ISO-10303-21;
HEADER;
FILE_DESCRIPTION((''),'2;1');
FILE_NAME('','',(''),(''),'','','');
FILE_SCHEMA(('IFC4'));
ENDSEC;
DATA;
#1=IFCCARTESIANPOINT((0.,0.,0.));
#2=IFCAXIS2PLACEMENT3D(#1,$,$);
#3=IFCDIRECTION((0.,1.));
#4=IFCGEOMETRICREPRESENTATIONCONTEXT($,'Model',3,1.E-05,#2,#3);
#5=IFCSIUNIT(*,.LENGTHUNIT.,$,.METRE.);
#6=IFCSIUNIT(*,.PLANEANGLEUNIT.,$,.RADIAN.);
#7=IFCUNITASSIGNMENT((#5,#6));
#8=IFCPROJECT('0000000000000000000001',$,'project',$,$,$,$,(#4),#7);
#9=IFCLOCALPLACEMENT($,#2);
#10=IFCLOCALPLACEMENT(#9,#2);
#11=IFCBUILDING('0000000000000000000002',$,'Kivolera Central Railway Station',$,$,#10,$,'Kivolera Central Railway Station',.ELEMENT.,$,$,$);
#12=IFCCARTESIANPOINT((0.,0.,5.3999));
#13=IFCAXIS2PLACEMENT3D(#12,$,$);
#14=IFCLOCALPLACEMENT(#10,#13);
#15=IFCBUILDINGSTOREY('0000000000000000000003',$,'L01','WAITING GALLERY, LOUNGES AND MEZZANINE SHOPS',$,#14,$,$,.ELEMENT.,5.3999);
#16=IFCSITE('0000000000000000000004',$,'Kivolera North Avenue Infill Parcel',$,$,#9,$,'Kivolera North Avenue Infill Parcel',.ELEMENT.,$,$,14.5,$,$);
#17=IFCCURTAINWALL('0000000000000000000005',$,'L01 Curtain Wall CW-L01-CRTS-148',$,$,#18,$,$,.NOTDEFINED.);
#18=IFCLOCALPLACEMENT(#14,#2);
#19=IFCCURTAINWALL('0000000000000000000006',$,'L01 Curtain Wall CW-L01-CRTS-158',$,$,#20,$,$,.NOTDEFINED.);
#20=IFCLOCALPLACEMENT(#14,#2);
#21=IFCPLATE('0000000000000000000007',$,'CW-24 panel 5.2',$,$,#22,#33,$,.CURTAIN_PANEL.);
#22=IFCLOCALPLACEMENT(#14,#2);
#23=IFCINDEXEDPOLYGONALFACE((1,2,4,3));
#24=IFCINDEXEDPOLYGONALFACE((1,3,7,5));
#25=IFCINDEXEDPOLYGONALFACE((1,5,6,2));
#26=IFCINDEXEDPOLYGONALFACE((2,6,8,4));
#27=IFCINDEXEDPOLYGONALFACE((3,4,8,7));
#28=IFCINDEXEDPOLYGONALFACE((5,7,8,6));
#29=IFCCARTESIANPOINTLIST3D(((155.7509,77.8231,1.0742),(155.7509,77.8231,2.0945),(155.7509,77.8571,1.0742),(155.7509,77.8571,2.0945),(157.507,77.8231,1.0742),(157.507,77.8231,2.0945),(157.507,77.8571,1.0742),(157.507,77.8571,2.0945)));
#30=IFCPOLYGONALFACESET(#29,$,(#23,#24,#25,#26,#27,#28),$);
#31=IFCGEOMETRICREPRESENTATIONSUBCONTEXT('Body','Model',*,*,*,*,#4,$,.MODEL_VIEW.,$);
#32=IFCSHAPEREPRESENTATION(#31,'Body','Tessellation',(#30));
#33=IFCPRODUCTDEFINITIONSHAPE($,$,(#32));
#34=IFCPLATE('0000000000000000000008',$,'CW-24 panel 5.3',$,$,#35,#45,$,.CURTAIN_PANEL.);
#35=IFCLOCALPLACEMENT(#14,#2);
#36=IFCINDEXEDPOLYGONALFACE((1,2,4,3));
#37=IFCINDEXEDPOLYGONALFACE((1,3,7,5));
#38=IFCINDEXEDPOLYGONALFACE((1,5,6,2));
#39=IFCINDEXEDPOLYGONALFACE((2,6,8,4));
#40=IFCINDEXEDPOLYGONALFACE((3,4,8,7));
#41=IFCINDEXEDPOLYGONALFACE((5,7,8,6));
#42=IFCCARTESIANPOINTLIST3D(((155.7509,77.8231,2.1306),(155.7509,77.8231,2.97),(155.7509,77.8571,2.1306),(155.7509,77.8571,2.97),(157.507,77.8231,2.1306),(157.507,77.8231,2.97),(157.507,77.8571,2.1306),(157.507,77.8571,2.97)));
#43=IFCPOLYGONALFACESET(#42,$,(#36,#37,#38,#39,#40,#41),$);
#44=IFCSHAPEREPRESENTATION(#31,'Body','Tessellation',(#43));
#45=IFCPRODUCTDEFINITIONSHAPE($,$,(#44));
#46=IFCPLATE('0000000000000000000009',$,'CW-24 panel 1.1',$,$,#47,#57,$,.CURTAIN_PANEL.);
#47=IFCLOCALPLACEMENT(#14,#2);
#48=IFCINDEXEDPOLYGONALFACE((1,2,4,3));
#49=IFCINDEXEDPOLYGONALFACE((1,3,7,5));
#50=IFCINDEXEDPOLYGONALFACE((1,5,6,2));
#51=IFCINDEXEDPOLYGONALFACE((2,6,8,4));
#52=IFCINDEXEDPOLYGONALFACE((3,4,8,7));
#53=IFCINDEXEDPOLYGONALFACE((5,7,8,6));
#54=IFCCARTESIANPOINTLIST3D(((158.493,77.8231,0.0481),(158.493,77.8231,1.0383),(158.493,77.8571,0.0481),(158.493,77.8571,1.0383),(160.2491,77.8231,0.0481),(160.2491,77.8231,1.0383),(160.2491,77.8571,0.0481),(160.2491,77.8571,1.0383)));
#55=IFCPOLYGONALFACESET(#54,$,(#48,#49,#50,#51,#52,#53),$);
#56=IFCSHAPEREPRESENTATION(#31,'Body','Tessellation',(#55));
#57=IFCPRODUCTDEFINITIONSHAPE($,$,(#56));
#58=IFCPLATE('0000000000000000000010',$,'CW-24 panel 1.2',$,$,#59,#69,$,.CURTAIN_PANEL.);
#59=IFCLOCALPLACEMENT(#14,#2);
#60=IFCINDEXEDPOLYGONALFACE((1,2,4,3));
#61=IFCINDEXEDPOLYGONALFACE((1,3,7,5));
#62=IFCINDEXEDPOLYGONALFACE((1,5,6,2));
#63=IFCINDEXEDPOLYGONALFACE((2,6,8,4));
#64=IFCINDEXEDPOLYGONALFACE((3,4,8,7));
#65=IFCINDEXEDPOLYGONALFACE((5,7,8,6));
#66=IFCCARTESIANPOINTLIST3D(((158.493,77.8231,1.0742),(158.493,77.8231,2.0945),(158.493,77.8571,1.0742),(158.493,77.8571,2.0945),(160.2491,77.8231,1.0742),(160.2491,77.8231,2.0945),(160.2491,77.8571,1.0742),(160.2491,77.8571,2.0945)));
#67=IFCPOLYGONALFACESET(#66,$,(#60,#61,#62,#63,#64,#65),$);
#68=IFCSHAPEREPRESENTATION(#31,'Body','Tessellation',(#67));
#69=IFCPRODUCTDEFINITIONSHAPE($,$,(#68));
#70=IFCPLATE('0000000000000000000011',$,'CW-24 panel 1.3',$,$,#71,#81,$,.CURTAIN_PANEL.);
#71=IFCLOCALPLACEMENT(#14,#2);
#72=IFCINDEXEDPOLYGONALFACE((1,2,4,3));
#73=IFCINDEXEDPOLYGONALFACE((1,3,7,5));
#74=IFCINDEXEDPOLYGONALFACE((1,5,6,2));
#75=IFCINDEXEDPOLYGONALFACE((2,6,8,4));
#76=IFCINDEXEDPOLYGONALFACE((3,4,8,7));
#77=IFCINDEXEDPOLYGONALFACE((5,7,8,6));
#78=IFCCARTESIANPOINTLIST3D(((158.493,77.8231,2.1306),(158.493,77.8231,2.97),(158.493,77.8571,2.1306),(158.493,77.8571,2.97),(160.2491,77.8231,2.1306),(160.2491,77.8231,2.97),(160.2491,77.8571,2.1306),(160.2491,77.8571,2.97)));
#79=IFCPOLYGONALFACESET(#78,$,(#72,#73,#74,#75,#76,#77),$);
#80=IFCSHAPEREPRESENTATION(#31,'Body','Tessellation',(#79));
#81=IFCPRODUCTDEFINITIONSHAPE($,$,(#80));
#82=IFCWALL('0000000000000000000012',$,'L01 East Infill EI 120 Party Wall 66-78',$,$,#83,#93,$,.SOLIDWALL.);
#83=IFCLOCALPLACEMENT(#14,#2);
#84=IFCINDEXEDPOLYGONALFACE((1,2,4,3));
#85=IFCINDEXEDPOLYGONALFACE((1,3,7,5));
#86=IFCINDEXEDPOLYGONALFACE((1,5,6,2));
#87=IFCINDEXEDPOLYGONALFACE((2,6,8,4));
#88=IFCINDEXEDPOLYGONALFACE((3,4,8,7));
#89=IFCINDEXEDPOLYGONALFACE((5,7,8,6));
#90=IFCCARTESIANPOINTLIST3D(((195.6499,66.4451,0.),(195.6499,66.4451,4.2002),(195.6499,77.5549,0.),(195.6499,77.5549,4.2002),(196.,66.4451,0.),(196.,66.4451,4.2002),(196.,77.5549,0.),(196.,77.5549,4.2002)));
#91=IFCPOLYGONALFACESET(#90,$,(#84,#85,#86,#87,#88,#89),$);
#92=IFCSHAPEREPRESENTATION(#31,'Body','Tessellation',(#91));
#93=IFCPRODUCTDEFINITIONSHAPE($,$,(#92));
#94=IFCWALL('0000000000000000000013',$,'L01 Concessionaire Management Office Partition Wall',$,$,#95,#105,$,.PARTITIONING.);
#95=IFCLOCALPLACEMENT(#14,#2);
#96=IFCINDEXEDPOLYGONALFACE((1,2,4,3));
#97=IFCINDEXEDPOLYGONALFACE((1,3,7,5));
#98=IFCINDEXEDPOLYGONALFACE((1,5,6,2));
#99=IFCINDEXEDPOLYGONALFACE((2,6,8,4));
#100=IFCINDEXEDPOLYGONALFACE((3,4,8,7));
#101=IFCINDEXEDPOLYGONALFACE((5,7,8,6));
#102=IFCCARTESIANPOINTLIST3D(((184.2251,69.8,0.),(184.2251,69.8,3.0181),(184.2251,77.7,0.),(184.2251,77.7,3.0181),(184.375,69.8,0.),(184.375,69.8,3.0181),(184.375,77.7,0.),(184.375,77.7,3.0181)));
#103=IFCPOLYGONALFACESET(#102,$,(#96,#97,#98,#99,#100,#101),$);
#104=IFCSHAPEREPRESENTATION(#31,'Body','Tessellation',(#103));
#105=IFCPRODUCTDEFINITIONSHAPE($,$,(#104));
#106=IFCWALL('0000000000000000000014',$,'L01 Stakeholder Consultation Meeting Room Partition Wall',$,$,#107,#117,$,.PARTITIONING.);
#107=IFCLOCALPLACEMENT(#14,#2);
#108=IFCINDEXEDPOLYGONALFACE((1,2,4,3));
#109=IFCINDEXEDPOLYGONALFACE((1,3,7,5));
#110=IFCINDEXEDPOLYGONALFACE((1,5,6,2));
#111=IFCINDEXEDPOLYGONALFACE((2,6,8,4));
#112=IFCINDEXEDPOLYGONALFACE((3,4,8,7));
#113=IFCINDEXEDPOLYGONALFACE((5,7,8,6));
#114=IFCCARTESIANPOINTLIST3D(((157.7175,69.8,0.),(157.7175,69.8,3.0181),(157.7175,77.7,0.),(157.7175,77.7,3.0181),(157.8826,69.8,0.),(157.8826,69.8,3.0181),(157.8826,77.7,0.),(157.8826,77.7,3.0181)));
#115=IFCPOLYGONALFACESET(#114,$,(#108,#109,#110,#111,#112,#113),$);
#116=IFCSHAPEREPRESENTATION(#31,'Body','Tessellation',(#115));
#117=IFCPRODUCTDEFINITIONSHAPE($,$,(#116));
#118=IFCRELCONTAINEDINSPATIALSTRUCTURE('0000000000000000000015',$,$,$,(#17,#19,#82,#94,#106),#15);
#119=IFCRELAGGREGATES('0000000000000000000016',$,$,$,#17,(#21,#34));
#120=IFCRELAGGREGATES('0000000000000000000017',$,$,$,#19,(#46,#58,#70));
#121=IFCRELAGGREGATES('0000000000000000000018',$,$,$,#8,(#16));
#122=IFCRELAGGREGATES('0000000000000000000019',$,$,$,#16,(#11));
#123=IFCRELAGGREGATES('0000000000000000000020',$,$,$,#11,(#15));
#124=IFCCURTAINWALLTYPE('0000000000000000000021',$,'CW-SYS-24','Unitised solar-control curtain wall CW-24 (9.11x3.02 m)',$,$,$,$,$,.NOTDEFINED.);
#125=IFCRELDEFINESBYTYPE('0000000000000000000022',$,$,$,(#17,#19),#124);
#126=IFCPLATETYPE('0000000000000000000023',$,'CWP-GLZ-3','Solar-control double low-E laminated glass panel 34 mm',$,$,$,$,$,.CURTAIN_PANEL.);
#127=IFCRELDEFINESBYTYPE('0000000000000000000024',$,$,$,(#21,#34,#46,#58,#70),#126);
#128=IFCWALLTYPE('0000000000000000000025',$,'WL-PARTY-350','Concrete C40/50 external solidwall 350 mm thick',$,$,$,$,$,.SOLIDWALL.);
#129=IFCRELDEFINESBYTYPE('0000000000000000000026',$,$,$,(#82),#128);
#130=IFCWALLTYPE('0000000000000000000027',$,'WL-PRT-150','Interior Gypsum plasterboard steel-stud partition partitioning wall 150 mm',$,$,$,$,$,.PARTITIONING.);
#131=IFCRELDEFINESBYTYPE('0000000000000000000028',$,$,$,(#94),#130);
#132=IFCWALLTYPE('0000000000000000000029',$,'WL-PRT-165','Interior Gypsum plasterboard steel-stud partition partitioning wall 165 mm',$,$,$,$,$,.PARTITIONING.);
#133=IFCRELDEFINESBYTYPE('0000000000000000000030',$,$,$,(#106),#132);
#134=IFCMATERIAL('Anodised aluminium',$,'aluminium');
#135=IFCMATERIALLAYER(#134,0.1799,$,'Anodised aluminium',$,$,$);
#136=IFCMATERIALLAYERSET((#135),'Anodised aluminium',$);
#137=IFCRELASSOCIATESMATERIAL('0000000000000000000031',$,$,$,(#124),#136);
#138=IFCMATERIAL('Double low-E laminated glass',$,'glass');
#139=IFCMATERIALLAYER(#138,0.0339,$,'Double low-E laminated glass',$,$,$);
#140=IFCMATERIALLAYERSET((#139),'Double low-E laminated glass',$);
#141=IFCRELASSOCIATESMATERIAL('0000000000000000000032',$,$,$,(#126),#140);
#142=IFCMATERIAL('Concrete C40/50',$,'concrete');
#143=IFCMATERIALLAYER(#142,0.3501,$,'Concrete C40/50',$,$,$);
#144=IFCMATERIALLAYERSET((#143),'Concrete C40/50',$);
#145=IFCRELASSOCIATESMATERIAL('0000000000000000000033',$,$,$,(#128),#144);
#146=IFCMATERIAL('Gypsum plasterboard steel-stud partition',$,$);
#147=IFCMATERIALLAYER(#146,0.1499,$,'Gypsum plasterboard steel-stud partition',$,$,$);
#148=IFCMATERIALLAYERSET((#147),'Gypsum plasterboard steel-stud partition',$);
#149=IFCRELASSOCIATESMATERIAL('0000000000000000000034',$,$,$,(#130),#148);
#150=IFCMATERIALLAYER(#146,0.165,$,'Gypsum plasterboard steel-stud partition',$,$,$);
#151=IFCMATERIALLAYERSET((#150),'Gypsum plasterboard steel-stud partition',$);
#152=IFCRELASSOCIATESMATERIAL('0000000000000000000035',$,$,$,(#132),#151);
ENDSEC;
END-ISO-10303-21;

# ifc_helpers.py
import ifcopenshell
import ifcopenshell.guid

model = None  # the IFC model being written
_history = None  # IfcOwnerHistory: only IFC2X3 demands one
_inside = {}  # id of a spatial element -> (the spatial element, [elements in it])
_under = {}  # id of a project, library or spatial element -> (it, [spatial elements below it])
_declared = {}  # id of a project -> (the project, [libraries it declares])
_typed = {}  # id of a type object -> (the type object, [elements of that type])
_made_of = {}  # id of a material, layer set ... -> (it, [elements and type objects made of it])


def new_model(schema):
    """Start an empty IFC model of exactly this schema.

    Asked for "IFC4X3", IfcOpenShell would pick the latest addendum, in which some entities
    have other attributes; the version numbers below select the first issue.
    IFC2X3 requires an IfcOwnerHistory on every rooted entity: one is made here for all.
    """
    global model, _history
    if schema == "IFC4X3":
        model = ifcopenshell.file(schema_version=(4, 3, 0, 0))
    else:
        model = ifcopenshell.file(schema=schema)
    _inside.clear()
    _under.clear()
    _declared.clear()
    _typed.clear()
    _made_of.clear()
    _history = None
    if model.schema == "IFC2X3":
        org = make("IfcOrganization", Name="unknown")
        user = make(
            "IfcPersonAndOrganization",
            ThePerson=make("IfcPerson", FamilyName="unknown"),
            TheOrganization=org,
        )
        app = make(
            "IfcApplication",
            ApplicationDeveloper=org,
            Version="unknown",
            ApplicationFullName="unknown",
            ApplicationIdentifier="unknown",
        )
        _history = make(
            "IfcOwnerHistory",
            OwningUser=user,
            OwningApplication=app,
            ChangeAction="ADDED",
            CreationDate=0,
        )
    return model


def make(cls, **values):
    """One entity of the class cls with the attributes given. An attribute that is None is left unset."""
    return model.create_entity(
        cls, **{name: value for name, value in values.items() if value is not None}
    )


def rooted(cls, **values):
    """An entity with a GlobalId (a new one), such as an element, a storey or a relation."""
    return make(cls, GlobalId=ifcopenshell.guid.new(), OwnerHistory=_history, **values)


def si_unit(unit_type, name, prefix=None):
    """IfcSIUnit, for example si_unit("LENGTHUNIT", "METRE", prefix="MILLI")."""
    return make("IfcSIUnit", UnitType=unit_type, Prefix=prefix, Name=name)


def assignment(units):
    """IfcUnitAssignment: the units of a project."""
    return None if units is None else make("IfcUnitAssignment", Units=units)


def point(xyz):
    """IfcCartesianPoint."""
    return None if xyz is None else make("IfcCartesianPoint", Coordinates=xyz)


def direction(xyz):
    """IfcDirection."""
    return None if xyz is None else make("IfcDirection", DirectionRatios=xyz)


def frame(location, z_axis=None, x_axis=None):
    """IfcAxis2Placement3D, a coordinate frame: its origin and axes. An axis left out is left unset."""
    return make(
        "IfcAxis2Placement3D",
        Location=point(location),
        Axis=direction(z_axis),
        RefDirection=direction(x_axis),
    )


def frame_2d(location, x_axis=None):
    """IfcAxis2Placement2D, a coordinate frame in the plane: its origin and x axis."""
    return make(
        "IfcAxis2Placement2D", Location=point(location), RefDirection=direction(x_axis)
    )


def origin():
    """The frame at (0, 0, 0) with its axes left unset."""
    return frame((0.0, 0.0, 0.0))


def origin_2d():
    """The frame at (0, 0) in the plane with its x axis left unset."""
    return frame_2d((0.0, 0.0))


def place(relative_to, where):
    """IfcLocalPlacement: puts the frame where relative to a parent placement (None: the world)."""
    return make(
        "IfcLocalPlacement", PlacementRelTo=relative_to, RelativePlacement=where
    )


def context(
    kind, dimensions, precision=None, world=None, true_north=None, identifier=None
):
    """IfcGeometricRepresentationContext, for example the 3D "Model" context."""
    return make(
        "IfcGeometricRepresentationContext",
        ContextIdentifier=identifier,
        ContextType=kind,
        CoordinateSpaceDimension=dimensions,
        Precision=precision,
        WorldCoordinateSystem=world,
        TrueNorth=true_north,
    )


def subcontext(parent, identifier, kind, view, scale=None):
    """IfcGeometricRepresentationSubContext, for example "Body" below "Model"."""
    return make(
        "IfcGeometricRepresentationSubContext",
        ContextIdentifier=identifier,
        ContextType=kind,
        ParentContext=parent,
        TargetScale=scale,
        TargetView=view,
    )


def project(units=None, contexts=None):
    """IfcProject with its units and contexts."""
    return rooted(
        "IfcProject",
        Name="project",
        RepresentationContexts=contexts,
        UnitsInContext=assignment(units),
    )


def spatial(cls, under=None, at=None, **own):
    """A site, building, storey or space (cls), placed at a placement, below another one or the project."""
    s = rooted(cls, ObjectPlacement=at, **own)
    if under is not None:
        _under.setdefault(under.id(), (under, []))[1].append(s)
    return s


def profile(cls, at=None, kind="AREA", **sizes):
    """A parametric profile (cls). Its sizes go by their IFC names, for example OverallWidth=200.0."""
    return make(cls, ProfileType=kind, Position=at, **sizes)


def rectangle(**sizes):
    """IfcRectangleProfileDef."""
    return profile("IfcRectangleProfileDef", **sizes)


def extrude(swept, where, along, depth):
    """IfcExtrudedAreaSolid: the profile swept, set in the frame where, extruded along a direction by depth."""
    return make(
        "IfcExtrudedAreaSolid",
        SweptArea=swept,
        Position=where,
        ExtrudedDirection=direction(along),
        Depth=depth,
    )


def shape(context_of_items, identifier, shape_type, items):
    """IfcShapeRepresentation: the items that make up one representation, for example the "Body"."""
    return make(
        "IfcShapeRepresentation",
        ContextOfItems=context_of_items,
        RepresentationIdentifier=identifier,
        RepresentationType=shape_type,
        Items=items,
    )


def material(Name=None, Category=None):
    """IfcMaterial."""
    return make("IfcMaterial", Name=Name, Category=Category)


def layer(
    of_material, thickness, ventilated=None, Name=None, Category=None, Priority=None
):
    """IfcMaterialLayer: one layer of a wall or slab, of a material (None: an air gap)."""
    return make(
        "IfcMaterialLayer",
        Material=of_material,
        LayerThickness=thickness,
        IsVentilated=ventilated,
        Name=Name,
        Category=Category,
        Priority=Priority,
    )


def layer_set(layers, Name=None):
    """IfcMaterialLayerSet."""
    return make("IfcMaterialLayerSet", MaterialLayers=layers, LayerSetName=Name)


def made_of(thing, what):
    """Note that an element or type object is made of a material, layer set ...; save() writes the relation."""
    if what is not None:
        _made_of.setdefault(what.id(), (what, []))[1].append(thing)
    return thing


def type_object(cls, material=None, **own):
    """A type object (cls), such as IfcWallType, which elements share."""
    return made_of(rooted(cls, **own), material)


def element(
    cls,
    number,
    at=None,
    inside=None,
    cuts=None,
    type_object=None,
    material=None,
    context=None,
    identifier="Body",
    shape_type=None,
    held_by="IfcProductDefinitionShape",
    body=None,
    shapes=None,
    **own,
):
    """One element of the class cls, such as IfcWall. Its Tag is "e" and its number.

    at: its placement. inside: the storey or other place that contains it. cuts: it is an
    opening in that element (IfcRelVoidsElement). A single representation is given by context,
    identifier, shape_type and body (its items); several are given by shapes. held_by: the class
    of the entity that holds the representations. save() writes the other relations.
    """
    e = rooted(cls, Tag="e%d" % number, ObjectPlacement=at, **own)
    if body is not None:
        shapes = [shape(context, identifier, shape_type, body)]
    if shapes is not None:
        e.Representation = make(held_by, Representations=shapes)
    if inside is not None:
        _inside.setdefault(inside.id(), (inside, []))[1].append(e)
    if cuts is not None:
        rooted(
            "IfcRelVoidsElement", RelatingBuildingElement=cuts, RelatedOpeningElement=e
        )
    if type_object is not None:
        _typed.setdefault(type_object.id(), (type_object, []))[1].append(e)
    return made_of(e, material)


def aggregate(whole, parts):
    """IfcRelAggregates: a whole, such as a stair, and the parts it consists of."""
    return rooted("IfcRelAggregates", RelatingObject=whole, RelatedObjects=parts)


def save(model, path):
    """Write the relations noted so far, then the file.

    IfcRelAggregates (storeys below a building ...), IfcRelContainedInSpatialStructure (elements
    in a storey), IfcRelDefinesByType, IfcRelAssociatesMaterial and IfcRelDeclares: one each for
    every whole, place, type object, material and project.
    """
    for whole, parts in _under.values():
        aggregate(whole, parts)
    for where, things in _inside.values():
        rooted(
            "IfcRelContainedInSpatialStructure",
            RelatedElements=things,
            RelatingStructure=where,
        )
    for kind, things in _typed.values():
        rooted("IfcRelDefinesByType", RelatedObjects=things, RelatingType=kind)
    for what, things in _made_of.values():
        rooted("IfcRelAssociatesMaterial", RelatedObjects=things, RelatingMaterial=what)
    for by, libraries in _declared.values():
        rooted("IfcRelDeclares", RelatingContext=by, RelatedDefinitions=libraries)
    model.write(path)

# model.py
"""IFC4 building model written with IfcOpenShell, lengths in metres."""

from ifc_helpers import new_model, si_unit, direction, frame, frame_2d, origin, origin_2d, place, context, subcontext, project, spatial, rectangle, extrude, material, layer, layer_set, type_object, element, aggregate, save


model = new_model("IFC4")

# Units and contexts
model_context = context("Model", 3, precision=1e-05, world=origin(), true_north=direction((0.0, 1.0)))
body_context = subcontext(model_context, "Body", "Model", "MODEL_VIEW")
ifc_project = project(units=[si_unit("LENGTHUNIT", "METRE"), si_unit("PLANEANGLEUNIT", "RADIAN")], contexts=[model_context])

# Site, building, storey
site_placement = place(None, origin())
site = spatial("IfcSite", under=ifc_project, at=site_placement, Name="Kivolera North Avenue Infill Parcel", LongName="Kivolera North Avenue Infill Parcel", CompositionType="ELEMENT", RefElevation=14.5)
building_placement = place(site_placement, origin())
building = spatial("IfcBuilding", under=site, at=building_placement, Name="Kivolera Central Railway Station", LongName="Kivolera Central Railway Station", CompositionType="ELEMENT")
storey_placement = place(building_placement, frame((0.0, 0.0, 5.3999)))
storey = spatial("IfcBuildingStorey", under=building, at=storey_placement, Name="L01", Description="WAITING GALLERY, LOUNGES AND MEZZANINE SHOPS", CompositionType="ELEMENT", Elevation=5.3999)

# Curtain walls
ifc_material_1 = material(Name="Anodised aluminium", Category="aluminium")
ifc_layer_1 = layer(ifc_material_1, 0.1799, Name="Anodised aluminium")
ifc_layer_set_1 = layer_set([ifc_layer_1], Name="Anodised aluminium")
curtain_wall_type = type_object("IfcCurtainWallType", Name="CW-SYS-24", Description="Unitised solar-control curtain wall CW-24 (9.11x3.02 m)", PredefinedType="NOTDEFINED", material=ifc_layer_set_1)
curtain_wall_1_placement = place(storey_placement, origin())
curtain_wall_1 = element("IfcCurtainWall", 1, at=curtain_wall_1_placement, inside=storey, type_object=curtain_wall_type, Name="L01 Curtain Wall CW-L01-CRTS-148", PredefinedType="NOTDEFINED")
curtain_wall_2_placement = place(storey_placement, origin())
curtain_wall_2 = element("IfcCurtainWall", 2, at=curtain_wall_2_placement, inside=storey, type_object=curtain_wall_type, Name="L01 Curtain Wall CW-L01-CRTS-158", PredefinedType="NOTDEFINED")

# Plates
ifc_material_2 = material(Name="Double low-E laminated glass", Category="glass")
ifc_layer_2 = layer(ifc_material_2, 0.0339, Name="Double low-E laminated glass")
ifc_layer_set_2 = layer_set([ifc_layer_2], Name="Double low-E laminated glass")
plate_type = type_object("IfcPlateType", Name="CWP-GLZ-3", Description="Solar-control double low-E laminated glass panel 34 mm", PredefinedType="CURTAIN_PANEL", material=ifc_layer_set_2)
plate_1_placement = place(storey_placement, frame((156.6289, 77.8401, 1.0742), z_axis=(0.0, 0.0, 1.0), x_axis=(1.0, 0.0, 0.0)))
plate_1 = element("IfcPlate", 3, at=plate_1_placement, type_object=plate_type, Name="CW-24 panel 5.2", PredefinedType="CURTAIN_PANEL", context=body_context, shape_type="SweptSolid", body=[
    extrude(rectangle(XDim=1.7561, YDim=0.0339, at=origin_2d()), origin(), (0.0, 0.0, 1.0), 1.0203),
])
plate_2_placement = place(storey_placement, frame((156.6289, 77.8401, 2.1306), z_axis=(0.0, 0.0, 1.0), x_axis=(1.0, 0.0, 0.0)))
plate_2 = element("IfcPlate", 4, at=plate_2_placement, type_object=plate_type, Name="CW-24 panel 5.3", PredefinedType="CURTAIN_PANEL", context=body_context, shape_type="SweptSolid", body=[
    extrude(rectangle(XDim=1.7561, YDim=0.0339, at=origin_2d()), origin(), (0.0, 0.0, 1.0), 0.8394),
])
aggregate(curtain_wall_1, [plate_1, plate_2])
plate_3_placement = place(storey_placement, frame((159.3711, 77.8401, 0.0481), z_axis=(0.0, 0.0, 1.0), x_axis=(1.0, 0.0, 0.0)))
plate_3 = element("IfcPlate", 5, at=plate_3_placement, type_object=plate_type, Name="CW-24 panel 1.1", PredefinedType="CURTAIN_PANEL", context=body_context, shape_type="SweptSolid", body=[
    extrude(rectangle(XDim=1.7561, YDim=0.0339, at=origin_2d()), origin(), (0.0, 0.0, 1.0), 0.9902),
])
plate_4_placement = place(storey_placement, frame((159.3711, 77.8401, 1.0742), z_axis=(0.0, 0.0, 1.0), x_axis=(1.0, 0.0, 0.0)))
plate_4 = element("IfcPlate", 6, at=plate_4_placement, type_object=plate_type, Name="CW-24 panel 1.2", PredefinedType="CURTAIN_PANEL", context=body_context, shape_type="SweptSolid", body=[
    extrude(rectangle(XDim=1.7561, YDim=0.0339, at=origin_2d()), origin(), (0.0, 0.0, 1.0), 1.0203),
])
plate_5_placement = place(storey_placement, frame((159.3711, 77.8401, 2.1306), z_axis=(0.0, 0.0, 1.0), x_axis=(1.0, 0.0, 0.0)))
plate_5 = element("IfcPlate", 7, at=plate_5_placement, type_object=plate_type, Name="CW-24 panel 1.3", PredefinedType="CURTAIN_PANEL", context=body_context, shape_type="SweptSolid", body=[
    extrude(rectangle(XDim=1.7561, YDim=0.0339, at=origin_2d()), origin(), (0.0, 0.0, 1.0), 0.8394),
])
aggregate(curtain_wall_2, [plate_3, plate_4, plate_5])

# Walls
ifc_material_3 = material(Name="Concrete C40/50", Category="concrete")
ifc_layer_3 = layer(ifc_material_3, 0.3501, Name="Concrete C40/50")
ifc_layer_set_3 = layer_set([ifc_layer_3], Name="Concrete C40/50")
wall_type_1 = type_object("IfcWallType", Name="WL-PARTY-350", Description="Concrete C40/50 external solidwall 350 mm thick", PredefinedType="SOLIDWALL", material=ifc_layer_set_3)
wall_1_placement = place(storey_placement, frame((195.825, 77.5549, 0.0), z_axis=(0.0, 0.0, 1.0), x_axis=(0.0, -1.0, 0.0)))
element("IfcWall", 8, at=wall_1_placement, inside=storey, type_object=wall_type_1, Name="L01 East Infill EI 120 Party Wall 66-78", PredefinedType="SOLIDWALL", context=body_context, shape_type="SweptSolid", body=[
    extrude(rectangle(XDim=11.1099, YDim=0.3501, at=frame_2d((5.5549, 0.0))), origin(), (0.0, 0.0, 1.0), 4.2002),
])
ifc_material_4 = material(Name="Gypsum plasterboard steel-stud partition")
ifc_layer_4 = layer(ifc_material_4, 0.1499, Name="Gypsum plasterboard steel-stud partition")
ifc_layer_set_4 = layer_set([ifc_layer_4], Name="Gypsum plasterboard steel-stud partition")
wall_type_2 = type_object("IfcWallType", Name="WL-PRT-150", Description="Interior Gypsum plasterboard steel-stud partition partitioning wall 150 mm", PredefinedType="PARTITIONING", material=ifc_layer_set_4)
wall_2_placement = place(storey_placement, frame((184.3, 69.8, 0.0), z_axis=(0.0, 0.0, 1.0), x_axis=(0.0, 1.0, 0.0)))
element("IfcWall", 9, at=wall_2_placement, inside=storey, type_object=wall_type_2, Name="L01 Concessionaire Management Office Partition Wall", PredefinedType="PARTITIONING", context=body_context, shape_type="SweptSolid", body=[
    extrude(rectangle(XDim=7.8999, YDim=0.1499, at=frame_2d((3.95, 0.0))), origin(), (0.0, 0.0, 1.0), 3.0181),
])
ifc_layer_5 = layer(ifc_material_4, 0.165, Name="Gypsum plasterboard steel-stud partition")
ifc_layer_set_5 = layer_set([ifc_layer_5], Name="Gypsum plasterboard steel-stud partition")
wall_type_3 = type_object("IfcWallType", Name="WL-PRT-165", Description="Interior Gypsum plasterboard steel-stud partition partitioning wall 165 mm", PredefinedType="PARTITIONING", material=ifc_layer_set_5)
wall_3_placement = place(storey_placement, frame((157.8, 69.8, 0.0), z_axis=(0.0, 0.0, 1.0), x_axis=(0.0, 1.0, 0.0)))
element("IfcWall", 10, at=wall_3_placement, inside=storey, type_object=wall_type_3, Name="L01 Stakeholder Consultation Meeting Room Partition Wall", PredefinedType="PARTITIONING", context=body_context, shape_type="SweptSolid", body=[
    extrude(rectangle(XDim=7.8999, YDim=0.165, at=frame_2d((3.95, 0.0))), origin(), (0.0, 0.0, 1.0), 3.0181),
])

save(model, "model.ifc")
